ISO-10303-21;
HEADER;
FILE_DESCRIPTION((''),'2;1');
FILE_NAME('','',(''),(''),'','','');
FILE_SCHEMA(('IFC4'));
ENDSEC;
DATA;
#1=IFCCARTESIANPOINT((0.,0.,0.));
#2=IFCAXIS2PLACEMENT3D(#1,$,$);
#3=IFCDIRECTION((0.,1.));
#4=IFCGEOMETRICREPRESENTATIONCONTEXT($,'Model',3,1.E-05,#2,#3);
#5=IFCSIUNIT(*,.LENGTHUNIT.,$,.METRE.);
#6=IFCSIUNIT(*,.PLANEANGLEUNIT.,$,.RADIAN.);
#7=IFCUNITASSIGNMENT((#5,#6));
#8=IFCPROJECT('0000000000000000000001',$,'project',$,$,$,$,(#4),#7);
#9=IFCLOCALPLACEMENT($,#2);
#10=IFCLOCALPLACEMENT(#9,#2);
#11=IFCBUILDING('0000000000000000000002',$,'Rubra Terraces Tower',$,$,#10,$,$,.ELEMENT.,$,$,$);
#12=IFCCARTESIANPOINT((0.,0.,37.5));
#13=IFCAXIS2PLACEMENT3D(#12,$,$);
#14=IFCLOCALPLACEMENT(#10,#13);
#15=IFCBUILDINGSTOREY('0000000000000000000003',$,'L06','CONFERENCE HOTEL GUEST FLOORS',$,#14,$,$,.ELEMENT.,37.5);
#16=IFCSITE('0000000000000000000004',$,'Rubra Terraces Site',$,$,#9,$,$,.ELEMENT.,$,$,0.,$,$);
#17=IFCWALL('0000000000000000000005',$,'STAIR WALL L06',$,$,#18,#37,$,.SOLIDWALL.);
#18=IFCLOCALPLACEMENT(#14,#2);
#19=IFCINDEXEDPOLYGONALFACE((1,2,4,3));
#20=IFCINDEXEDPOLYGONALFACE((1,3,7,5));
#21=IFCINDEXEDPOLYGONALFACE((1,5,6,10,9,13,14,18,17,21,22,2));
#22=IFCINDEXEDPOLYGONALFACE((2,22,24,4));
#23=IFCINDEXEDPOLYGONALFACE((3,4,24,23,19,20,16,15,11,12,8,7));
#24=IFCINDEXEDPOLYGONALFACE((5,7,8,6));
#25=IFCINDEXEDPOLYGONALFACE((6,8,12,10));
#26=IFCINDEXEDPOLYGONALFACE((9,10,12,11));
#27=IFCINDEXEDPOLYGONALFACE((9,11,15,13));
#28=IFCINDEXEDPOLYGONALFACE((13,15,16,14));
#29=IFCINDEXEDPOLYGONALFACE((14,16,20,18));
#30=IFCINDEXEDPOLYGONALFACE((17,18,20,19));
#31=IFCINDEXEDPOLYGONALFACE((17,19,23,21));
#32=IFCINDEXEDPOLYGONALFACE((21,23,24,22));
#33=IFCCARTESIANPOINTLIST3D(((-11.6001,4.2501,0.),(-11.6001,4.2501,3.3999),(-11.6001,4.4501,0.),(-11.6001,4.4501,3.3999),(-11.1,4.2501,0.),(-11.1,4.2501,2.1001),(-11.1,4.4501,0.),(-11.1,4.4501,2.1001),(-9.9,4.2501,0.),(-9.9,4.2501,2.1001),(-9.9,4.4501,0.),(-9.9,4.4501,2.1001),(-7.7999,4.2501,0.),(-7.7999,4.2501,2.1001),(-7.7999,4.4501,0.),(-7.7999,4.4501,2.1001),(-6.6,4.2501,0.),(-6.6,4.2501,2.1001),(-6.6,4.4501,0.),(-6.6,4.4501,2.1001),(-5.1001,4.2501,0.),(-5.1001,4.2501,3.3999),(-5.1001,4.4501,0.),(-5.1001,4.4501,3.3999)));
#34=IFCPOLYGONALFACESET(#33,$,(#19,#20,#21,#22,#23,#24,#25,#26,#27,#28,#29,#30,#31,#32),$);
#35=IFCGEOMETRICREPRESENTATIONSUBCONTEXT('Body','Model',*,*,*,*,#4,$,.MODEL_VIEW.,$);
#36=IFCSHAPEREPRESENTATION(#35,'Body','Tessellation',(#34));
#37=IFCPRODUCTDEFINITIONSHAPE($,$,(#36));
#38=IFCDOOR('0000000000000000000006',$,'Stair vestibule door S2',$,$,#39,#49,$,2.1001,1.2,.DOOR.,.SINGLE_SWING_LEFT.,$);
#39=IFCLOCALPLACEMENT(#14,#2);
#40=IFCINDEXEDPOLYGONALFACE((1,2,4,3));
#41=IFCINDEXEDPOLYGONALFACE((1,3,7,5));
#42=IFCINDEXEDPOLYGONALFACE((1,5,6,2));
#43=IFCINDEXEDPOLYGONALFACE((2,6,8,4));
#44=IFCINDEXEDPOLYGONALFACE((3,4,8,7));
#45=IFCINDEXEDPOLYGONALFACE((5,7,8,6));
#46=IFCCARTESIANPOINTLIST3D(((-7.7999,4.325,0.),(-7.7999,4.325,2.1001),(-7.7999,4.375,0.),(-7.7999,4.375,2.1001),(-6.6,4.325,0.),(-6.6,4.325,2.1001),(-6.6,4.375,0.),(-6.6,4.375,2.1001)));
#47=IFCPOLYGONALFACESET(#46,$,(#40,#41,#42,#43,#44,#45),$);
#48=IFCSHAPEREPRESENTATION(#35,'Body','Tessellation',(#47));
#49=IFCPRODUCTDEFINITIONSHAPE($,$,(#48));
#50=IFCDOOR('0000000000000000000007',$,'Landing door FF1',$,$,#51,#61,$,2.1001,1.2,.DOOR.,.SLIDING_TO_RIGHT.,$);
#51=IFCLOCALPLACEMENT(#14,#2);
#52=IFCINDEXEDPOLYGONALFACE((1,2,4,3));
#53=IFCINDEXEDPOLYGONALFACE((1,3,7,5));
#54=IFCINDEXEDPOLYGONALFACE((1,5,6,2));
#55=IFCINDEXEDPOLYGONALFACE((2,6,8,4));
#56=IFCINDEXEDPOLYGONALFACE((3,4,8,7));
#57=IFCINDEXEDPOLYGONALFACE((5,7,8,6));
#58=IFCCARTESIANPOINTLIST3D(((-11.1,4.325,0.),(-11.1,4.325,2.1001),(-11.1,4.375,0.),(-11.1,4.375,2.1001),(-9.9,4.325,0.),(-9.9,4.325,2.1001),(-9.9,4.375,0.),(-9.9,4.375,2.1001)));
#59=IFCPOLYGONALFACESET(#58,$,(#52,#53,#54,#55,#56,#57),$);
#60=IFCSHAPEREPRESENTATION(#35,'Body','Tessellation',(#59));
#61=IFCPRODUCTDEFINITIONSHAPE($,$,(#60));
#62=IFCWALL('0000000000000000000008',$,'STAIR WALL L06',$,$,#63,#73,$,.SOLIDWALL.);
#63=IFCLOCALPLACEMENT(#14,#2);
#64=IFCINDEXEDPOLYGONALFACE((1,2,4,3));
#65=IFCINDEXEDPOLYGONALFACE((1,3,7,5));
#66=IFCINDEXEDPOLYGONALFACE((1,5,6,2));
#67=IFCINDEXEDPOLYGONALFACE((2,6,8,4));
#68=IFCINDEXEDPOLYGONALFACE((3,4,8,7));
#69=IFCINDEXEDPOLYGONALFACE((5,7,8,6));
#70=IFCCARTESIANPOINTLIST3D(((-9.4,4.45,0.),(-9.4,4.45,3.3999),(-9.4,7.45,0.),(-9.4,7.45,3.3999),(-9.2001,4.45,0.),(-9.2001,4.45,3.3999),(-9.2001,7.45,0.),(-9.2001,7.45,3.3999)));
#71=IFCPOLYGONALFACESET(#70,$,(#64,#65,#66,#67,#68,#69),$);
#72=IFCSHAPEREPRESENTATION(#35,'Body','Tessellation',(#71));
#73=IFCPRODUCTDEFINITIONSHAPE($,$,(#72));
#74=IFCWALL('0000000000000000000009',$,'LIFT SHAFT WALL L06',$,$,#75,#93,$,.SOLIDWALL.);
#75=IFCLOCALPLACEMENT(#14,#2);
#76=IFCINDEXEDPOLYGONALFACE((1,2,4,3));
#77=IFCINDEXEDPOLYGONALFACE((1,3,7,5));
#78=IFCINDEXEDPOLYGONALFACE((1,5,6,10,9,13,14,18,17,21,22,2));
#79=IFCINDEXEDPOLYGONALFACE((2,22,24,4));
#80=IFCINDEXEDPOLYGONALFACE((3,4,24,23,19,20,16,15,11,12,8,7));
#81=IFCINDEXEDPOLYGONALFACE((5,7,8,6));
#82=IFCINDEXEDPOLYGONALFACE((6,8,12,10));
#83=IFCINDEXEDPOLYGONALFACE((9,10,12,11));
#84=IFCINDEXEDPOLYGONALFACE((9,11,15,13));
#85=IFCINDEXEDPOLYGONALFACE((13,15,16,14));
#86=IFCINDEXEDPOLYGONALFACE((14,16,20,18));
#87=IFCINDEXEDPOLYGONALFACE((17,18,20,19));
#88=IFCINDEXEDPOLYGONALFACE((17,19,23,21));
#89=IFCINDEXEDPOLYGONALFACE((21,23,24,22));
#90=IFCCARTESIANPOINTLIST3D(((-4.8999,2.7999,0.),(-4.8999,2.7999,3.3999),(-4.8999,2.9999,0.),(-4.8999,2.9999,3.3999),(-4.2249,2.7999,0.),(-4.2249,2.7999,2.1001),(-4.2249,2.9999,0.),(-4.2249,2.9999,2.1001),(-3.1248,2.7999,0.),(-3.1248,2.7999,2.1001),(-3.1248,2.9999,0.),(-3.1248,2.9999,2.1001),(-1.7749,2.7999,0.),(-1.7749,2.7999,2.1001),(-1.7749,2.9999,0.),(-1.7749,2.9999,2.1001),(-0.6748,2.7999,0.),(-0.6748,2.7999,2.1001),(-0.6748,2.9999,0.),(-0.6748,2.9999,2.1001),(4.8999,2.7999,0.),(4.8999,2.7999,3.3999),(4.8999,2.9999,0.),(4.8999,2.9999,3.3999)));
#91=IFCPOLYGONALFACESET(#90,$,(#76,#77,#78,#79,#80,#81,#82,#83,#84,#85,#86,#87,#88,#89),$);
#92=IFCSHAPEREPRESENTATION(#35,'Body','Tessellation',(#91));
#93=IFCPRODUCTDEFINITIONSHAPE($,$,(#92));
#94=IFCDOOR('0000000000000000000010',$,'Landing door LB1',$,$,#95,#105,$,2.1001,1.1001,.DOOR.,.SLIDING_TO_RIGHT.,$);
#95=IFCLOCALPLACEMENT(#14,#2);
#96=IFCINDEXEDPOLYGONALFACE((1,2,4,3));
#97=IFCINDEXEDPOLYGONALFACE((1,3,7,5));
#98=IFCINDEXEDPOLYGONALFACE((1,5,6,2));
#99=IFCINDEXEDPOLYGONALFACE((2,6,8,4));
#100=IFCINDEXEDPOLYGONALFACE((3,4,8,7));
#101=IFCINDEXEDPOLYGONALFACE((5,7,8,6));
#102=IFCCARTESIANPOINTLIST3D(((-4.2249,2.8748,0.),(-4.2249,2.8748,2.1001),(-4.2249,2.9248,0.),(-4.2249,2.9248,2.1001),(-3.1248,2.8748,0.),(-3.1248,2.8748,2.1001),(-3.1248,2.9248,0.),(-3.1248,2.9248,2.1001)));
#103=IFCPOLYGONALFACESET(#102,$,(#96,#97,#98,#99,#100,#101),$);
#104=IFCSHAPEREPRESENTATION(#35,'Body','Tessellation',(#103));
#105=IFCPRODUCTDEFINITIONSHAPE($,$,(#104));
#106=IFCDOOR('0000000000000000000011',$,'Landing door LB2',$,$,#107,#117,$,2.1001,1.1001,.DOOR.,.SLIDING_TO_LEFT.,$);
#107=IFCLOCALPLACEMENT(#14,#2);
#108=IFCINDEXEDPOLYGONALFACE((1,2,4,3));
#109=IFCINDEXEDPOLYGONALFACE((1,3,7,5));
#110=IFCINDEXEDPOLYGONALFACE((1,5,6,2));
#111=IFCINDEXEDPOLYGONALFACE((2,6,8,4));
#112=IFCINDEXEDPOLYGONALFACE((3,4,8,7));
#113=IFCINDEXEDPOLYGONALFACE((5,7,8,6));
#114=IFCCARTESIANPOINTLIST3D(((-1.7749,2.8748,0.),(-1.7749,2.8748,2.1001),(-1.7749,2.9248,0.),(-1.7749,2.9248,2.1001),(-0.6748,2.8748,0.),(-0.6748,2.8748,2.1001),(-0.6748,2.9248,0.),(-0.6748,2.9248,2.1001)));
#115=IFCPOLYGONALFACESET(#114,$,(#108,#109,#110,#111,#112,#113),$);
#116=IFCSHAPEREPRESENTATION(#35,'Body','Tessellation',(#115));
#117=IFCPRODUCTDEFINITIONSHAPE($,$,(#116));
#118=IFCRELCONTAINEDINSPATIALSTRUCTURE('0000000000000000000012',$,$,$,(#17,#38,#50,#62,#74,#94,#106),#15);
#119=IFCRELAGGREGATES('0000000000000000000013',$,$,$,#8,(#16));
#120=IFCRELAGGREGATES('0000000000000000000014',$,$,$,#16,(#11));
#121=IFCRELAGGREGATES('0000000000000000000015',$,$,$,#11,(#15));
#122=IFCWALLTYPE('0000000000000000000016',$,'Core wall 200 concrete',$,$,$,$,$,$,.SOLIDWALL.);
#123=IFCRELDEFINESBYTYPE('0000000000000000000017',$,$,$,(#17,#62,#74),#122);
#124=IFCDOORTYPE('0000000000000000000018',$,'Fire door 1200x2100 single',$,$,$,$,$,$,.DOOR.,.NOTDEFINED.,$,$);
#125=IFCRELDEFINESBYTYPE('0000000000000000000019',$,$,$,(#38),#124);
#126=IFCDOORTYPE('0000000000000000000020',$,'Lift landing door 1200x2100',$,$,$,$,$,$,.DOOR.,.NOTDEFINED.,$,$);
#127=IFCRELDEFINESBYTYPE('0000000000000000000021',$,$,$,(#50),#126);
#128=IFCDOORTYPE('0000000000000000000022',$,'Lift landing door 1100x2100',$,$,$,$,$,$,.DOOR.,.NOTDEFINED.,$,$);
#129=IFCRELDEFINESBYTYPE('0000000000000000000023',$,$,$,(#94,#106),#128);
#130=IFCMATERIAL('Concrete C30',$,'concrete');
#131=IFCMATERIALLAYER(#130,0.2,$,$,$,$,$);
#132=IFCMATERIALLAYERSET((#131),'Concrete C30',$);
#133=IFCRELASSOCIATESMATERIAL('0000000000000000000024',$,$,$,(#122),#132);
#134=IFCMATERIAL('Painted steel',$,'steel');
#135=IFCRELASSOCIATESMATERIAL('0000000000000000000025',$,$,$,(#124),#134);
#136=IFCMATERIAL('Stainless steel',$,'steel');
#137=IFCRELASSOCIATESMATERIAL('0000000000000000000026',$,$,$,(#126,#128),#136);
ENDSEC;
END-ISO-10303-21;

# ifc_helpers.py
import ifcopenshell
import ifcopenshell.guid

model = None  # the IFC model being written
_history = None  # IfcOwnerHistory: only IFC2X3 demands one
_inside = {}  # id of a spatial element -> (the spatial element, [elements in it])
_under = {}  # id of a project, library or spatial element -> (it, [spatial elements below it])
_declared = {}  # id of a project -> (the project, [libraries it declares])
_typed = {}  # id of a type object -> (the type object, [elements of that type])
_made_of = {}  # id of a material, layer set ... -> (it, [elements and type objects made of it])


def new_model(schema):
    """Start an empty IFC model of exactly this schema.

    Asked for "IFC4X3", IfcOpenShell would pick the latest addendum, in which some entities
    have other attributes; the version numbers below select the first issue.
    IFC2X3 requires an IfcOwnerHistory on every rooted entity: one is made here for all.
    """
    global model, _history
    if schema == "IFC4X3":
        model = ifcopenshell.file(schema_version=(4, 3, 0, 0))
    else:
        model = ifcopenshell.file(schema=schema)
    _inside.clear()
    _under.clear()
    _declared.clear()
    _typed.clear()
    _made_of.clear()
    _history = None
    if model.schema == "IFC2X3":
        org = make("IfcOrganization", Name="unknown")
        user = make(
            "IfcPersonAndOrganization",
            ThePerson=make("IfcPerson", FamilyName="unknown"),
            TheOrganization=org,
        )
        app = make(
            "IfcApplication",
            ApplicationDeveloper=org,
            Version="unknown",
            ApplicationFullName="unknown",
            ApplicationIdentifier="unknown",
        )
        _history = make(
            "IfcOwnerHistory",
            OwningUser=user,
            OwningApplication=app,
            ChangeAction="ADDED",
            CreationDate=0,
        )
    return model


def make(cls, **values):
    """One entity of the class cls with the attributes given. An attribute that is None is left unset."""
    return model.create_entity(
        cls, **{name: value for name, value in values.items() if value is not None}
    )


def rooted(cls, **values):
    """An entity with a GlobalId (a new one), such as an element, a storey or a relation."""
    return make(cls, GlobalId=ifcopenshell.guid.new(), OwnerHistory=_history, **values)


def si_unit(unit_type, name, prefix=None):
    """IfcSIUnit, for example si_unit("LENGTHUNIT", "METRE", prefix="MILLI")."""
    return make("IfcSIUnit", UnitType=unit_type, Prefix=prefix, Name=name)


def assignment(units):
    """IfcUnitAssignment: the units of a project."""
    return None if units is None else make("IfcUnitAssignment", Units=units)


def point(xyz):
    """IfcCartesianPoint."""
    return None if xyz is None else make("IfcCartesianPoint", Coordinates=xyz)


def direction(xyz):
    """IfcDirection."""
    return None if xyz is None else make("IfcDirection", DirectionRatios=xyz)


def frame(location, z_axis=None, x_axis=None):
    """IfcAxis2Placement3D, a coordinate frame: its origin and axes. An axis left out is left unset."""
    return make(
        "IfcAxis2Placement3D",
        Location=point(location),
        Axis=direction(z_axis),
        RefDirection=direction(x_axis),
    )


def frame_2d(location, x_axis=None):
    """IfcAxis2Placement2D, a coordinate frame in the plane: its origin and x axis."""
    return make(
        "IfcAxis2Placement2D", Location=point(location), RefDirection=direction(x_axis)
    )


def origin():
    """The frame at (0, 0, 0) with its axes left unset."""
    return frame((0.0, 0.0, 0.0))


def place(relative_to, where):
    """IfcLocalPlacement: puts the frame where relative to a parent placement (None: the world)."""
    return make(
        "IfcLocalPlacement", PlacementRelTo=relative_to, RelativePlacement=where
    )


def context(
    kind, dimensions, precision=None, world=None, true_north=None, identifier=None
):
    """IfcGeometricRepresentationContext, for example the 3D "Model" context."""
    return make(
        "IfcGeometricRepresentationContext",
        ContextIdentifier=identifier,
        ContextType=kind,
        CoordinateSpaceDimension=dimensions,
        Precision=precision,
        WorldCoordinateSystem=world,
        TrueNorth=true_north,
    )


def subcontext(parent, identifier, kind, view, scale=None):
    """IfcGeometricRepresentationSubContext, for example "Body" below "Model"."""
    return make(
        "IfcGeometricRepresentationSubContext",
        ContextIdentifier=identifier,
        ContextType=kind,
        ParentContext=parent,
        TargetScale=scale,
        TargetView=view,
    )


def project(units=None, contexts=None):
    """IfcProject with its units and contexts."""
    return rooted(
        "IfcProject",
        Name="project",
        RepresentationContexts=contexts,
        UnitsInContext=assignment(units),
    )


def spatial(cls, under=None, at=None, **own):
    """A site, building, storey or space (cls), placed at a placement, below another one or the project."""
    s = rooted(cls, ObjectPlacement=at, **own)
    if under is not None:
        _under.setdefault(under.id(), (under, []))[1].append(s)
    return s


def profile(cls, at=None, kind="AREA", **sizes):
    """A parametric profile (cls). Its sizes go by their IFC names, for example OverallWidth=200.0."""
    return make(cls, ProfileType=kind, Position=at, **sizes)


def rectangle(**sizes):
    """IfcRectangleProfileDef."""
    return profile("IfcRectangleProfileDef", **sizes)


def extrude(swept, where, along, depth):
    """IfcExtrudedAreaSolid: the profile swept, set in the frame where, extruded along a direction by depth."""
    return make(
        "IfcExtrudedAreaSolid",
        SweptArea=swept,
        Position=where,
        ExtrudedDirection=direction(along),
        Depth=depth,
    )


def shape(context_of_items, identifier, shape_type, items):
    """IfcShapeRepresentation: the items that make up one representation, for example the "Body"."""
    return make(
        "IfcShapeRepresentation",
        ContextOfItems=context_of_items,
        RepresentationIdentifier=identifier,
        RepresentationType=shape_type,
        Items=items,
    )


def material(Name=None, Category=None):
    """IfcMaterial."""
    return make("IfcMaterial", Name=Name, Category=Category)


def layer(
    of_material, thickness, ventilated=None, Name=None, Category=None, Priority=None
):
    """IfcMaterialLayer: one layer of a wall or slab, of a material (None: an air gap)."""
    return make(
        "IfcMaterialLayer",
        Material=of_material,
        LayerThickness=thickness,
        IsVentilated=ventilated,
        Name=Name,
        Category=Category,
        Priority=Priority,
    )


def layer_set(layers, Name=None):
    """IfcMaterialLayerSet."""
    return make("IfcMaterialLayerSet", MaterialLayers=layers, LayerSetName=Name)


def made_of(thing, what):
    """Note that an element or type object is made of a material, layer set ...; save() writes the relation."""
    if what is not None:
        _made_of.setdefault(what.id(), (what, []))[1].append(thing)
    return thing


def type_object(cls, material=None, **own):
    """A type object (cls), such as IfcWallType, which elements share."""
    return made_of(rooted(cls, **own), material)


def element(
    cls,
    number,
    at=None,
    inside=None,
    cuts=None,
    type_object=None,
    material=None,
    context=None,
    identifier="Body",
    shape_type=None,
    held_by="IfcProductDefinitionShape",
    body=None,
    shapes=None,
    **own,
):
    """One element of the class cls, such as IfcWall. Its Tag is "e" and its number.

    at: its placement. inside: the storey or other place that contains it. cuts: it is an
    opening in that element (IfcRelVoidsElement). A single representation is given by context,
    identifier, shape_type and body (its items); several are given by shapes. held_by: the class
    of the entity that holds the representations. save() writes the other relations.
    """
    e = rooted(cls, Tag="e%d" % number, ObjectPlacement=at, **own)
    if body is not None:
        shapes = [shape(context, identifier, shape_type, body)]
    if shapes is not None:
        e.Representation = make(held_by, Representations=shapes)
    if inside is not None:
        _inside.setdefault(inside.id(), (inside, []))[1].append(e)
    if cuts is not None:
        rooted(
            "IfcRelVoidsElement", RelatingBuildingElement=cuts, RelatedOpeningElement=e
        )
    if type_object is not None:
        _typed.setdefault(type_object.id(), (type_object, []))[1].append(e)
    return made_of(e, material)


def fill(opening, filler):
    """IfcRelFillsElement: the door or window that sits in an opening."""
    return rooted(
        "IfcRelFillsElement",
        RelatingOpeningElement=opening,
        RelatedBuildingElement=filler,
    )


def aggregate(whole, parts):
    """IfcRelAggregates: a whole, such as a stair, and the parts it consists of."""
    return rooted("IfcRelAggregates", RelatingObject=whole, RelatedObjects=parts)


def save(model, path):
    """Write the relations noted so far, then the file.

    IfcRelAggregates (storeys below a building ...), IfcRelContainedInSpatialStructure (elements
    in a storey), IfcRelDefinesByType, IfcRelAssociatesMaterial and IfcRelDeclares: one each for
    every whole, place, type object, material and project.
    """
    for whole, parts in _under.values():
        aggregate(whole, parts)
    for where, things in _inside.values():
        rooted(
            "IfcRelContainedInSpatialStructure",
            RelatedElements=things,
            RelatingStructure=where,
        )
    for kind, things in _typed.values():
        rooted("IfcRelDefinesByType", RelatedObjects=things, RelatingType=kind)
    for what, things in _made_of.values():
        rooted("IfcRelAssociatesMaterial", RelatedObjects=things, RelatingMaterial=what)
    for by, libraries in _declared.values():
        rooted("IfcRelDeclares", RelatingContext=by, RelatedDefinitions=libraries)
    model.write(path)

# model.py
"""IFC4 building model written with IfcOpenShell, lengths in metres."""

from ifc_helpers import new_model, si_unit, direction, frame, frame_2d, origin, place, context, subcontext, project, spatial, rectangle, extrude, material, layer, layer_set, type_object, element, fill, save


model = new_model("IFC4")

# Units and contexts
model_context = context("Model", 3, precision=1e-05, world=origin(), true_north=direction((0.0, 1.0)))
body_context = subcontext(model_context, "Body", "Model", "MODEL_VIEW")
ifc_project = project(units=[si_unit("LENGTHUNIT", "METRE"), si_unit("PLANEANGLEUNIT", "RADIAN")], contexts=[model_context])

# Site, building, storey
site_placement = place(None, origin())
site = spatial("IfcSite", under=ifc_project, at=site_placement, Name="Rubra Terraces Site", CompositionType="ELEMENT", RefElevation=0.0)
building_placement = place(site_placement, origin())
building = spatial("IfcBuilding", under=site, at=building_placement, Name="Rubra Terraces Tower", CompositionType="ELEMENT")
storey_placement = place(building_placement, frame((0.0, 0.0, 37.5)))
storey = spatial("IfcBuildingStorey", under=building, at=storey_placement, Name="L06", Description="CONFERENCE HOTEL GUEST FLOORS", CompositionType="ELEMENT", Elevation=37.5)

# Wall, openings, doors
ifc_material_1 = material(Name="Concrete C30", Category="concrete")
ifc_layer_1 = layer(ifc_material_1, 0.2)
ifc_layer_set_1 = layer_set([ifc_layer_1], Name="Concrete C30")
wall_type_1 = type_object("IfcWallType", Name="Core wall 200 concrete", PredefinedType="SOLIDWALL", material=ifc_layer_set_1)
wall_1_placement = place(storey_placement, frame((-11.6001, 4.3501, 0.0), z_axis=(0.0, 0.0, 1.0), x_axis=(1.0, 0.0, 0.0)))
wall_1 = element("IfcWall", 1, at=wall_1_placement, inside=storey, type_object=wall_type_1, Name="STAIR WALL L06", PredefinedType="SOLIDWALL", context=body_context, shape_type="SweptSolid", body=[
    extrude(rectangle(XDim=6.5, YDim=0.2, at=frame_2d((3.25, 0.0))), origin(), (0.0, 0.0, 1.0), 3.3999),
])
opening_1_placement = place(wall_1_placement, frame((3.8, 0.0, 0.0)))
opening_1 = element("IfcOpeningElement", 2, at=opening_1_placement, cuts=wall_1, PredefinedType="OPENING", context=body_context, shape_type="SweptSolid", body=[
    extrude(rectangle(XDim=1.2, YDim=2.1001, at=frame_2d((0.6001, 1.05))), frame((0.0, 0.1099, 0.0), z_axis=(0.0, -1.0, 0.0), x_axis=(1.0, 0.0, 0.0)), (0.0, 0.0, 1.0), 0.22),
])
opening_2_placement = place(wall_1_placement, frame((0.5, 0.0, 0.0)))
opening_2 = element("IfcOpeningElement", 3, at=opening_2_placement, cuts=wall_1, PredefinedType="OPENING", context=body_context, shape_type="SweptSolid", body=[
    extrude(rectangle(XDim=1.2, YDim=2.1001, at=frame_2d((0.6001, 1.05))), frame((0.0, 0.1099, 0.0), z_axis=(0.0, -1.0, 0.0), x_axis=(1.0, 0.0, 0.0)), (0.0, 0.0, 1.0), 0.22),
])
ifc_material_2 = material(Name="Painted steel", Category="steel")
door_type_1 = type_object("IfcDoorType", Name="Fire door 1200x2100 single", OperationType="NOTDEFINED", PredefinedType="DOOR", material=ifc_material_2)
door_1_placement = place(opening_1_placement, origin())
door_1 = element("IfcDoor", 4, at=door_1_placement, inside=storey, type_object=door_type_1, Name="Stair vestibule door S2", OperationType="SINGLE_SWING_LEFT", OverallHeight=2.1001, OverallWidth=1.2, PredefinedType="DOOR", context=body_context, shape_type="SweptSolid", body=[
    extrude(rectangle(XDim=1.2, YDim=2.1001, at=frame_2d((0.6001, 1.05))), frame((0.0, 0.0249, 0.0), z_axis=(0.0, -1.0, 0.0), x_axis=(1.0, 0.0, 0.0)), (0.0, 0.0, 1.0), 0.05),
])
fill(opening_1, door_1)
ifc_material_3 = material(Name="Stainless steel", Category="steel")
door_type_2 = type_object("IfcDoorType", Name="Lift landing door 1200x2100", OperationType="NOTDEFINED", PredefinedType="DOOR", material=ifc_material_3)
door_2_placement = place(opening_2_placement, origin())
door_2 = element("IfcDoor", 5, at=door_2_placement, inside=storey, type_object=door_type_2, Name="Landing door FF1", OperationType="SLIDING_TO_RIGHT", OverallHeight=2.1001, OverallWidth=1.2, PredefinedType="DOOR", context=body_context, shape_type="SweptSolid", body=[
    extrude(rectangle(XDim=1.2, YDim=2.1001, at=frame_2d((0.6001, 1.05))), frame((0.0, 0.0249, 0.0), z_axis=(0.0, -1.0, 0.0), x_axis=(1.0, 0.0, 0.0)), (0.0, 0.0, 1.0), 0.05),
])
fill(opening_2, door_2)

# Wall
wall_2_placement = place(storey_placement, frame((-9.3, 4.45, 0.0), z_axis=(0.0, 0.0, 1.0), x_axis=(0.0, 1.0, 0.0)))
element("IfcWall", 6, at=wall_2_placement, inside=storey, type_object=wall_type_1, Name="STAIR WALL L06", PredefinedType="SOLIDWALL", context=body_context, shape_type="SweptSolid", body=[
    extrude(rectangle(XDim=3.0, YDim=0.2, at=frame_2d((1.5, 0.0))), origin(), (0.0, 0.0, 1.0), 3.3999),
])

# Wall, openings, doors
wall_3_placement = place(storey_placement, frame((-4.8999, 2.8999, 0.0), z_axis=(0.0, 0.0, 1.0), x_axis=(1.0, 0.0, 0.0)))
wall_3 = element("IfcWall", 7, at=wall_3_placement, inside=storey, type_object=wall_type_1, Name="LIFT SHAFT WALL L06", PredefinedType="SOLIDWALL", context=body_context, shape_type="SweptSolid", body=[
    extrude(rectangle(XDim=9.7998, YDim=0.2, at=frame_2d((4.8999, 0.0))), origin(), (0.0, 0.0, 1.0), 3.3999),
])
opening_3_placement = place(wall_3_placement, frame((0.675, 0.0, 0.0)))
opening_3 = element("IfcOpeningElement", 8, at=opening_3_placement, cuts=wall_3, PredefinedType="OPENING", context=body_context, shape_type="SweptSolid", body=[
    extrude(rectangle(XDim=1.1001, YDim=2.1001, at=frame_2d((0.55, 1.05))), frame((0.0, 0.1099, 0.0), z_axis=(0.0, -1.0, 0.0), x_axis=(1.0, 0.0, 0.0)), (0.0, 0.0, 1.0), 0.22),
])
opening_4_placement = place(wall_3_placement, frame((3.125, 0.0, 0.0)))
opening_4 = element("IfcOpeningElement", 9, at=opening_4_placement, cuts=wall_3, PredefinedType="OPENING", context=body_context, shape_type="SweptSolid", body=[
    extrude(rectangle(XDim=1.1001, YDim=2.1001, at=frame_2d((0.55, 1.05))), frame((0.0, 0.1099, 0.0), z_axis=(0.0, -1.0, 0.0), x_axis=(1.0, 0.0, 0.0)), (0.0, 0.0, 1.0), 0.22),
])
door_type_3 = type_object("IfcDoorType", Name="Lift landing door 1100x2100", OperationType="NOTDEFINED", PredefinedType="DOOR", material=ifc_material_3)
door_3_placement = place(opening_3_placement, origin())
door_3 = element("IfcDoor", 10, at=door_3_placement, inside=storey, type_object=door_type_3, Name="Landing door LB1", OperationType="SLIDING_TO_RIGHT", OverallHeight=2.1001, OverallWidth=1.1001, PredefinedType="DOOR", context=body_context, shape_type="SweptSolid", body=[
    extrude(rectangle(XDim=1.1001, YDim=2.1001, at=frame_2d((0.55, 1.05))), frame((0.0, 0.0249, 0.0), z_axis=(0.0, -1.0, 0.0), x_axis=(1.0, 0.0, 0.0)), (0.0, 0.0, 1.0), 0.05),
])
fill(opening_3, door_3)
door_4_placement = place(opening_4_placement, origin())
door_4 = element("IfcDoor", 11, at=door_4_placement, inside=storey, type_object=door_type_3, Name="Landing door LB2", OperationType="SLIDING_TO_LEFT", OverallHeight=2.1001, OverallWidth=1.1001, PredefinedType="DOOR", context=body_context, shape_type="SweptSolid", body=[
    extrude(rectangle(XDim=1.1001, YDim=2.1001, at=frame_2d((0.55, 1.05))), frame((0.0, 0.0249, 0.0), z_axis=(0.0, -1.0, 0.0), x_axis=(1.0, 0.0, 0.0)), (0.0, 0.0, 1.0), 0.05),
])
fill(opening_4, door_4)

save(model, "model.ifc")
